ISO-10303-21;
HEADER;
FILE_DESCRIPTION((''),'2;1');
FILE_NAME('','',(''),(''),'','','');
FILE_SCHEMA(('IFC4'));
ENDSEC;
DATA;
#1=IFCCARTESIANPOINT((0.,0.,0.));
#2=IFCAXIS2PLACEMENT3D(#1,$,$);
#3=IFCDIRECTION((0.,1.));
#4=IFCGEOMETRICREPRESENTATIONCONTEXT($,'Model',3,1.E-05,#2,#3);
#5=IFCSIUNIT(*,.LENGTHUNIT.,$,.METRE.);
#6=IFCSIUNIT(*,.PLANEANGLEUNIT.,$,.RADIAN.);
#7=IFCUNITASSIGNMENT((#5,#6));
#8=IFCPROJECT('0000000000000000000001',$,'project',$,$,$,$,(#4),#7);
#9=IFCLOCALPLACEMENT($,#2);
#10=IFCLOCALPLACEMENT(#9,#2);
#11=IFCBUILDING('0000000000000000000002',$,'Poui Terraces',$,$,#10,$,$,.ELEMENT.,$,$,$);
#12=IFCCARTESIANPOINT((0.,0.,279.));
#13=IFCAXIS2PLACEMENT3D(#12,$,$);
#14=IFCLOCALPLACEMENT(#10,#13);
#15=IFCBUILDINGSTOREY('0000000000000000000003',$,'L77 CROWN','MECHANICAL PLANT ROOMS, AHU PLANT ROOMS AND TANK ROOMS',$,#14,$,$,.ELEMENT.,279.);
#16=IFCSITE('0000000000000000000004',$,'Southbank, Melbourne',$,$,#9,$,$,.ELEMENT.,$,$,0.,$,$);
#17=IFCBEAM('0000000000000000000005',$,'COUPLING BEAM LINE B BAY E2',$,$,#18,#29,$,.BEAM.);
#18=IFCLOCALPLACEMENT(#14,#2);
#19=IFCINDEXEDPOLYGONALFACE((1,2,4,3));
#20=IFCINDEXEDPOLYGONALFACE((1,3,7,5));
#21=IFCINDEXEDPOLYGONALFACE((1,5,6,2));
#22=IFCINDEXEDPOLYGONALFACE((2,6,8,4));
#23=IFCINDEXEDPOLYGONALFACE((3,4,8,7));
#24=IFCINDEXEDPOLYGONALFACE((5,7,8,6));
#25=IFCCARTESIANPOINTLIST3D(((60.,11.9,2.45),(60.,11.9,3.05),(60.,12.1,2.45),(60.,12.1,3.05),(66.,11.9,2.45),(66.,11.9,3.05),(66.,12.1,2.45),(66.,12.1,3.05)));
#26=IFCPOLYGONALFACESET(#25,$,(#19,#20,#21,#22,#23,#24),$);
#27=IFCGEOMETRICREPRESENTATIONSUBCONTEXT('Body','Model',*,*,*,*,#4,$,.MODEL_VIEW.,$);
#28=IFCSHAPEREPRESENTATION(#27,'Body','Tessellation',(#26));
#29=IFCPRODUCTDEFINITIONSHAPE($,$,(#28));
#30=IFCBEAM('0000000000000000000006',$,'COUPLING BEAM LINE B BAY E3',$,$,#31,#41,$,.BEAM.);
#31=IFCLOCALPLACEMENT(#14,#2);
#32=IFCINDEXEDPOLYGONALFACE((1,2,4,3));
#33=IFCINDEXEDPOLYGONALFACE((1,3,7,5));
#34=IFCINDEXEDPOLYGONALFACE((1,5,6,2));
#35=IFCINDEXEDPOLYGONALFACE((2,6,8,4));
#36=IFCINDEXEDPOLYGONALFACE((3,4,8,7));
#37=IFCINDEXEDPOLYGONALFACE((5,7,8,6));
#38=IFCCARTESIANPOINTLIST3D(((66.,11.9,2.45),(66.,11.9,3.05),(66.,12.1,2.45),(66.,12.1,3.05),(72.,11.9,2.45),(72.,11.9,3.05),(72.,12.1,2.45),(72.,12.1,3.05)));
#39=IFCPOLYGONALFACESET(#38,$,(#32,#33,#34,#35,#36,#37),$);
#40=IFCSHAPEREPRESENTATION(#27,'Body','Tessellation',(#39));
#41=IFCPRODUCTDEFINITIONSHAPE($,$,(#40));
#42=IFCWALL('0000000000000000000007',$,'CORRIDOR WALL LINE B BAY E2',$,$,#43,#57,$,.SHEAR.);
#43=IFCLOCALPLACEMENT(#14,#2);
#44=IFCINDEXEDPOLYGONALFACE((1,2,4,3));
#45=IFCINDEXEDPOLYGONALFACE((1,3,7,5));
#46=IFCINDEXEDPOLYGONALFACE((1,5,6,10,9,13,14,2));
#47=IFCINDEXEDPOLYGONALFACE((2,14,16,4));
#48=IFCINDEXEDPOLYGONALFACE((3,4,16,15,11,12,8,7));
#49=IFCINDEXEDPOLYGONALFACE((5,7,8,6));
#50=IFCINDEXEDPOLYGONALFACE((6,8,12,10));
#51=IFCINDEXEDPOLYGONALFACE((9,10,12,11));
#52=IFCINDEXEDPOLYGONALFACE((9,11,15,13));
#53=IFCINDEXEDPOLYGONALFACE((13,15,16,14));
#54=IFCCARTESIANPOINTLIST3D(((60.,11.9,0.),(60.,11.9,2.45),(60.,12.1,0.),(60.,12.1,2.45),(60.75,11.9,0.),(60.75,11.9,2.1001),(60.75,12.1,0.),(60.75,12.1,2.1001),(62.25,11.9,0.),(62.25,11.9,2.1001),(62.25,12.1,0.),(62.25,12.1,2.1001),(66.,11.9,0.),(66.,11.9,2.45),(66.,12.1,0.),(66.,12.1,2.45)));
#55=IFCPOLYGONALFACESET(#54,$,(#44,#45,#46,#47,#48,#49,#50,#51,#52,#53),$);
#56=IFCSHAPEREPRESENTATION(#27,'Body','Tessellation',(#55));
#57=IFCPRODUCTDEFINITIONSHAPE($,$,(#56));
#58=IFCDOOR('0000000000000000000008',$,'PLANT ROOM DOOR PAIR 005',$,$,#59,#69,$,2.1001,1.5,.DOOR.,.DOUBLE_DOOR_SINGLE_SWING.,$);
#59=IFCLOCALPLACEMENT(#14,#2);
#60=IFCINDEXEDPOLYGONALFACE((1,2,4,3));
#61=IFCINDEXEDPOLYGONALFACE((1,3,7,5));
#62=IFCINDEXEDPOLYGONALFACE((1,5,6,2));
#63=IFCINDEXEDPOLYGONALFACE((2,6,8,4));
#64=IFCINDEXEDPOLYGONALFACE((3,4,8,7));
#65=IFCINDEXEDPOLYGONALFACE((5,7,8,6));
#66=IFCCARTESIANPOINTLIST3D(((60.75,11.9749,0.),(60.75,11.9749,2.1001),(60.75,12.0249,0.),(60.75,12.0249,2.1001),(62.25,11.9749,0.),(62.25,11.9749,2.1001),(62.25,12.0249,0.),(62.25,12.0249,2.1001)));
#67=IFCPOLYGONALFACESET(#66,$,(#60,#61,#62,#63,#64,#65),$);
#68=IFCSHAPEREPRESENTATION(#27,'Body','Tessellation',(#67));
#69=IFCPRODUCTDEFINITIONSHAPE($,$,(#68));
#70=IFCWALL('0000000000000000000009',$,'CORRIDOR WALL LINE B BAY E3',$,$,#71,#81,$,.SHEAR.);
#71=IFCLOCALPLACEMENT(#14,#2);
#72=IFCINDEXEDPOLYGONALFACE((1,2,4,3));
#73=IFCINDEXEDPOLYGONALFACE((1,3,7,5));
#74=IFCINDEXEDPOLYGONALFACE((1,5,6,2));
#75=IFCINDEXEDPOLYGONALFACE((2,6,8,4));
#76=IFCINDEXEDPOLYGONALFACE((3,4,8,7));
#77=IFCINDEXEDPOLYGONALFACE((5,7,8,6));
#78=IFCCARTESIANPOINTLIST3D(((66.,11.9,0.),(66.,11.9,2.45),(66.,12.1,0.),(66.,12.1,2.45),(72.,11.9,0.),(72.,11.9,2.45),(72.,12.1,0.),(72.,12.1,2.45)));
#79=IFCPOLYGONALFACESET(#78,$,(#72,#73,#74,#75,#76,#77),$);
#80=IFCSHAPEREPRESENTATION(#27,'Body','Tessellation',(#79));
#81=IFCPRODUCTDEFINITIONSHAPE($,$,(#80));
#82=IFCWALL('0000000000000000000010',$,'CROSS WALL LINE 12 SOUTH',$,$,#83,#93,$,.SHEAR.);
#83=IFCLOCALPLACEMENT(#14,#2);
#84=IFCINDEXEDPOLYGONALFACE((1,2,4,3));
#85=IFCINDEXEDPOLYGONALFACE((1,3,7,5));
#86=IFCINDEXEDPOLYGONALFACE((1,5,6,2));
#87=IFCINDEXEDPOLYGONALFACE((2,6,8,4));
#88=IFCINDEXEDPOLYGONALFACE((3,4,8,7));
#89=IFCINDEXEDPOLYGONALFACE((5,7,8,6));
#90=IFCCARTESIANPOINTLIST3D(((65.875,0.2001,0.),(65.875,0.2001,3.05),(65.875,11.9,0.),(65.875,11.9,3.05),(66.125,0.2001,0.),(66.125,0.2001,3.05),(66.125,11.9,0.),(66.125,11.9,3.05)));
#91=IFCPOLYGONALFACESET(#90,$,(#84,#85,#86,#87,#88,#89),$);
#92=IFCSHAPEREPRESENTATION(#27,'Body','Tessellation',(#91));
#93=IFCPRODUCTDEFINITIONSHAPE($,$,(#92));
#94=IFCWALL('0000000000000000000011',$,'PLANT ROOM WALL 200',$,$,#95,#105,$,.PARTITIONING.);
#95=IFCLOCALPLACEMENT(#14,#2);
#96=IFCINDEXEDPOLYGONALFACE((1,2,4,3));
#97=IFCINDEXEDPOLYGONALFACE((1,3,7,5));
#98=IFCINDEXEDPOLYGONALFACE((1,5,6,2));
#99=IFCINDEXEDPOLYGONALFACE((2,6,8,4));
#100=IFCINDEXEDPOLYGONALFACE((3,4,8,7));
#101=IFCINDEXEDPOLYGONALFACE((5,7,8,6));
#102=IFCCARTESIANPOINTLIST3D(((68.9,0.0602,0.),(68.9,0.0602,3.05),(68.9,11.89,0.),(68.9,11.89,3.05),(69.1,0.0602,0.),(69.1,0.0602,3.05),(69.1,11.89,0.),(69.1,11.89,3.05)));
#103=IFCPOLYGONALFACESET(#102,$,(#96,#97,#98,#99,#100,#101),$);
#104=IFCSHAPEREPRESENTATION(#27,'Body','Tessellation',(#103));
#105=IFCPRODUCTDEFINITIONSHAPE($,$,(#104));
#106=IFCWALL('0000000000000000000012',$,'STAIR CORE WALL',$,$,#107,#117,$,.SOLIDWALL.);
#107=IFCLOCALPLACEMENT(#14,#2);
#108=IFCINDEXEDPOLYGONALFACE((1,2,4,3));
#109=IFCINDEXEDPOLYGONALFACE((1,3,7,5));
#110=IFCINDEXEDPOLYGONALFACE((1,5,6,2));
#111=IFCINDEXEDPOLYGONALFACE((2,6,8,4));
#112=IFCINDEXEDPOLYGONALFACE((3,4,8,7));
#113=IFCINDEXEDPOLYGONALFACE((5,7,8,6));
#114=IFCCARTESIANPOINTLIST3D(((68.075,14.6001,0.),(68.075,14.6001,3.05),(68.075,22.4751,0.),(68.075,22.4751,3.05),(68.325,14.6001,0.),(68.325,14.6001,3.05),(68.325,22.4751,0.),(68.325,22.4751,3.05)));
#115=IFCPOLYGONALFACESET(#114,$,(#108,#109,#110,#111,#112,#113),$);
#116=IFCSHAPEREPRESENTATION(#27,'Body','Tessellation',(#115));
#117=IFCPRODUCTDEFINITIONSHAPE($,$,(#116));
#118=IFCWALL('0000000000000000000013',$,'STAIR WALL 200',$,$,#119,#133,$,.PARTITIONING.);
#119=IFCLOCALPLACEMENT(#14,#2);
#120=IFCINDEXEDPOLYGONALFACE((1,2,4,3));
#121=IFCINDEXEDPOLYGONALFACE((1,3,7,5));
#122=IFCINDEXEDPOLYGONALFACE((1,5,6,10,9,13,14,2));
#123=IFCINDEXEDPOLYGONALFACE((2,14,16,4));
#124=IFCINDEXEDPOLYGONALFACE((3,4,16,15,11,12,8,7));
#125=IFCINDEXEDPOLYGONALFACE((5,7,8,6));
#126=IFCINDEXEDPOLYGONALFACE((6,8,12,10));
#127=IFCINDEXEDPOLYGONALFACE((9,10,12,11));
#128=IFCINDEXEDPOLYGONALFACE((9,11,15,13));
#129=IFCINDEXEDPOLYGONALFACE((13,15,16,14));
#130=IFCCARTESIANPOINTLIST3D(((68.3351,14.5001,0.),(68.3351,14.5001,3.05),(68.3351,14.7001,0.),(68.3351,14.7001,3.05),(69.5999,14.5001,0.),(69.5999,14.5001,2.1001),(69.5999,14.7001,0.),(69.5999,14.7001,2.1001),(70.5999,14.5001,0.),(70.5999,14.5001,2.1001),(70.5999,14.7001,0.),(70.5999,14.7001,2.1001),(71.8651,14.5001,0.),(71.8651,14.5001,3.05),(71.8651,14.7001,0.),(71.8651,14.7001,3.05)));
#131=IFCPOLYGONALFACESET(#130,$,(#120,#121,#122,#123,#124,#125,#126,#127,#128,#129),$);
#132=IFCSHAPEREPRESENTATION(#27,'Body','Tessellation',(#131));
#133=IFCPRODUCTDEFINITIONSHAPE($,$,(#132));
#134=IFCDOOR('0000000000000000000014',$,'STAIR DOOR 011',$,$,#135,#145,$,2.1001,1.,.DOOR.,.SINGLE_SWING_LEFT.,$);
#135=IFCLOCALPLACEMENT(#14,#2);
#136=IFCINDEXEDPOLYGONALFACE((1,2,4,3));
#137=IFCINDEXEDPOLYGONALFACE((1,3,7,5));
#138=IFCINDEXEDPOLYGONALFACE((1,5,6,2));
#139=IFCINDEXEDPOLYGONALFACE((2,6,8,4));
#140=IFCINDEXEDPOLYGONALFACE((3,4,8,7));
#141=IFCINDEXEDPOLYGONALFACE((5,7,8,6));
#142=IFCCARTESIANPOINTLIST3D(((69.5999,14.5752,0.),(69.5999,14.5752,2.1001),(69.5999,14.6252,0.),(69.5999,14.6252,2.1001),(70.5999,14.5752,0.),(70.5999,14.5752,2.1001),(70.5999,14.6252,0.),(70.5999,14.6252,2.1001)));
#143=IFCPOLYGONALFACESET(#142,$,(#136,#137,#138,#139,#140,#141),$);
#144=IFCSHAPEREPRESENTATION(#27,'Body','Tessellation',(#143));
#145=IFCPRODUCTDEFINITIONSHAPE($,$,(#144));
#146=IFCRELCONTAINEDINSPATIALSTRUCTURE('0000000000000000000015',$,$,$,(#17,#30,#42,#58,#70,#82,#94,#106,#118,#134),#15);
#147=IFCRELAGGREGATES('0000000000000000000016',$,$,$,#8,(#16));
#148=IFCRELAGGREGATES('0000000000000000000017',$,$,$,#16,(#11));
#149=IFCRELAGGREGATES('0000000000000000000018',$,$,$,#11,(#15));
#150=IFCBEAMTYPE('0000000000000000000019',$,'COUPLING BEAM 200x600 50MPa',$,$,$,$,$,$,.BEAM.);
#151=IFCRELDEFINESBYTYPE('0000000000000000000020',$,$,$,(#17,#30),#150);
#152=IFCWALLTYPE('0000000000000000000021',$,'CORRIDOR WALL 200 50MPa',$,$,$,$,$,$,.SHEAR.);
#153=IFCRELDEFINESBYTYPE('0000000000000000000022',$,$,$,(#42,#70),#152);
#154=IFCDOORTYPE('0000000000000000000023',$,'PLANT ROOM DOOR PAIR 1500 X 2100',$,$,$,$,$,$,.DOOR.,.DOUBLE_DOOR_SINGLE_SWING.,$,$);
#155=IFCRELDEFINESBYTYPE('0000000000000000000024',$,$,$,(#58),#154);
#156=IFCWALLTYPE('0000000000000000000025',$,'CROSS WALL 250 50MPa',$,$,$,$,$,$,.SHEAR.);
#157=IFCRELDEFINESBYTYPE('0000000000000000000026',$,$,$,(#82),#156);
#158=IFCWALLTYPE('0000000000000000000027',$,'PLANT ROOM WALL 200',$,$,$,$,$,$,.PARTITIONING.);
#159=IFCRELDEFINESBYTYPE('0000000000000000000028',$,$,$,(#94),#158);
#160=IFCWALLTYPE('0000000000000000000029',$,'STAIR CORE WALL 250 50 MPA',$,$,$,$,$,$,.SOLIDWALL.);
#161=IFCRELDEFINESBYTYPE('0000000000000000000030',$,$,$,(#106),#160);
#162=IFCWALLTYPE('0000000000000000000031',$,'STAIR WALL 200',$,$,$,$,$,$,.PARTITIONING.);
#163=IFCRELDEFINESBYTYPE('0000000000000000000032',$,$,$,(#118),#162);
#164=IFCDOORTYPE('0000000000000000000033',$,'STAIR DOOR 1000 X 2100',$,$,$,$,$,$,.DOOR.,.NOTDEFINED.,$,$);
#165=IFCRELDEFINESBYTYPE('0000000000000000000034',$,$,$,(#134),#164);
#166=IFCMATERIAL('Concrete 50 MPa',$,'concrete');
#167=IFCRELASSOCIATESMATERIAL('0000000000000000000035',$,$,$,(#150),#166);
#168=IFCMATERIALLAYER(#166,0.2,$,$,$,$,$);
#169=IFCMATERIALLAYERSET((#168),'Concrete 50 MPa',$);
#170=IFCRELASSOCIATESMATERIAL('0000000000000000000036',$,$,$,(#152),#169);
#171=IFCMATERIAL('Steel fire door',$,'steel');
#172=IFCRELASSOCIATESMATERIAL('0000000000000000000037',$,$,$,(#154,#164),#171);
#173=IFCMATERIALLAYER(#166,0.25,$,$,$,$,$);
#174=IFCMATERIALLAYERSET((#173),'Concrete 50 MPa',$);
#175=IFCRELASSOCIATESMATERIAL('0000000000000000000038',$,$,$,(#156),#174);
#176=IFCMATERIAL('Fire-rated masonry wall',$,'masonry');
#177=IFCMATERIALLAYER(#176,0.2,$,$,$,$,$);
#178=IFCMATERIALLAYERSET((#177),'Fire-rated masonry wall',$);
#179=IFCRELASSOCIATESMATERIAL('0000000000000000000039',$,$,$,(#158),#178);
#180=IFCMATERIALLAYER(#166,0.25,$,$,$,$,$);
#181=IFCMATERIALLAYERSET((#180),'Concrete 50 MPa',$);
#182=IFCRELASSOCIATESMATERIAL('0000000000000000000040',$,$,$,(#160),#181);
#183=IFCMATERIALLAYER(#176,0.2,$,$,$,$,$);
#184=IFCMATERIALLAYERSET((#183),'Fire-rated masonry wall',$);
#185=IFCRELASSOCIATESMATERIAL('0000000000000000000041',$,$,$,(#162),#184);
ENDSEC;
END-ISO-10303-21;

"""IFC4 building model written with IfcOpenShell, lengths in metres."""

from ifc_helpers import new_model, si_unit, direction, frame, frame_2d, origin, origin_2d, place, context, subcontext, project, spatial, rectangle, extrude, source, transform, mapped, material, layer, layer_set, material_profile, profile_set, type_object, element, fill, save


model = new_model("IFC4")

# Units and contexts
model_context = context("Model", 3, precision=1e-05, world=origin(), true_north=direction((0.0, 1.0)))
body_context = subcontext(model_context, "Body", "Model", "MODEL_VIEW")
ifc_project = project(units=[si_unit("LENGTHUNIT", "METRE"), si_unit("PLANEANGLEUNIT", "RADIAN")], contexts=[model_context])

# Site, building, storey
site_placement = place(None, origin())
site = spatial("IfcSite", under=ifc_project, at=site_placement, Name="Southbank, Melbourne", CompositionType="ELEMENT", RefElevation=0.0)
building_placement = place(site_placement, origin())
building = spatial("IfcBuilding", under=site, at=building_placement, Name="Poui Terraces", CompositionType="ELEMENT")
storey_placement = place(building_placement, frame((0.0, 0.0, 279.0)))
storey = spatial("IfcBuildingStorey", under=building, at=storey_placement, Name="L77 CROWN", Description="MECHANICAL PLANT ROOMS, AHU PLANT ROOMS AND TANK ROOMS", CompositionType="ELEMENT", Elevation=279.0)

# Beams
ifc_material_1 = material(Name="Concrete 50 MPa", Category="concrete")
ifc_material_profile_1 = material_profile(ifc_material_1, rectangle(XDim=0.2, YDim=0.6001, at=origin_2d()), Name="RC 200x600")
ifc_profile_set_1 = profile_set([ifc_material_profile_1], Name="Concrete 50 MPa")
beam_type = type_object("IfcBeamType", Name="COUPLING BEAM 200x600 50MPa", PredefinedType="BEAM", material=ifc_profile_set_1)
shared_shape_1 = source(origin(), body_context, "Body", "SweptSolid", [
    extrude(rectangle(XDim=0.2, YDim=0.6001, at=origin_2d()), origin(), (0.0, 0.0, 1.0), 6.0),
])
for number, where, z_axis, x_axis, name in (
    (1, (60.0, 12.0, 2.75), (1.0, 0.0, 0.0), (0.0, 1.0, 0.0), "COUPLING BEAM LINE B BAY E2"),
    (2, (66.0, 12.0, 2.75), (1.0, 0.0, 0.0), (0.0, 1.0, 0.0), "COUPLING BEAM LINE B BAY E3"),
):
    element("IfcBeam", number, at=place(storey_placement, frame(where, z_axis=z_axis, x_axis=x_axis)), inside=storey, type_object=beam_type, Name=name, PredefinedType="BEAM", context=body_context, shape_type="MappedRepresentation", body=[
        mapped(shared_shape_1, transform((0.0, 0.0, 0.0))),
    ])

# Wall, opening, door
ifc_layer_1 = layer(ifc_material_1, 0.2)
ifc_layer_set_1 = layer_set([ifc_layer_1], Name="Concrete 50 MPa")
wall_type_1 = type_object("IfcWallType", Name="CORRIDOR WALL 200 50MPa", PredefinedType="SHEAR", material=ifc_layer_set_1)
wall_1_placement = place(storey_placement, frame((60.0, 12.0, 0.0), z_axis=(0.0, 0.0, 1.0), x_axis=(1.0, 0.0, 0.0)))
wall_1 = element("IfcWall", 3, at=wall_1_placement, inside=storey, type_object=wall_type_1, Name="CORRIDOR WALL LINE B BAY E2", PredefinedType="SHEAR", context=body_context, shape_type="SweptSolid", body=[
    extrude(rectangle(XDim=6.0, YDim=0.2, at=frame_2d((3.0, 0.0))), origin(), (0.0, 0.0, 1.0), 2.45),
])
opening_1_placement = place(wall_1_placement, frame((0.75, 0.0, 0.0)))
opening_1 = element("IfcOpeningElement", 4, at=opening_1_placement, cuts=wall_1, PredefinedType="OPENING", context=body_context, shape_type="SweptSolid", body=[
    extrude(rectangle(XDim=1.5, YDim=2.1001, at=frame_2d((0.75, 1.05))), frame((0.0, 0.1099, 0.0), z_axis=(0.0, -1.0, 0.0), x_axis=(1.0, 0.0, 0.0)), (0.0, 0.0, 1.0), 0.22),
])
ifc_material_2 = material(Name="Steel fire door", Category="steel")
door_type_1 = type_object("IfcDoorType", Name="PLANT ROOM DOOR PAIR 1500 X 2100", OperationType="DOUBLE_DOOR_SINGLE_SWING", PredefinedType="DOOR", material=ifc_material_2)
door_1_placement = place(opening_1_placement, origin())
door_1 = element("IfcDoor", 5, at=door_1_placement, inside=storey, type_object=door_type_1, Name="PLANT ROOM DOOR PAIR 005", OperationType="DOUBLE_DOOR_SINGLE_SWING", OverallHeight=2.1001, OverallWidth=1.5, PredefinedType="DOOR", context=body_context, shape_type="SweptSolid", body=[
    extrude(rectangle(XDim=1.5, YDim=2.1001, at=frame_2d((0.75, 1.05))), frame((0.0, 0.0249, 0.0), z_axis=(0.0, -1.0, 0.0), x_axis=(1.0, 0.0, 0.0)), (0.0, 0.0, 1.0), 0.05),
])
fill(opening_1, door_1)

# Walls
wall_2_placement = place(storey_placement, frame((66.0, 12.0, 0.0), z_axis=(0.0, 0.0, 1.0), x_axis=(1.0, 0.0, 0.0)))
element("IfcWall", 6, at=wall_2_placement, inside=storey, type_object=wall_type_1, Name="CORRIDOR WALL LINE B BAY E3", PredefinedType="SHEAR", context=body_context, shape_type="SweptSolid", body=[
    extrude(rectangle(XDim=6.0, YDim=0.2, at=frame_2d((3.0, 0.0))), origin(), (0.0, 0.0, 1.0), 2.45),
])
ifc_layer_2 = layer(ifc_material_1, 0.25)
ifc_layer_set_2 = layer_set([ifc_layer_2], Name="Concrete 50 MPa")
wall_type_2 = type_object("IfcWallType", Name="CROSS WALL 250 50MPa", PredefinedType="SHEAR", material=ifc_layer_set_2)
wall_3_placement = place(storey_placement, frame((66.0, 0.2, 0.0), z_axis=(0.0, 0.0, 1.0), x_axis=(0.0, 1.0, 0.0)))
element("IfcWall", 7, at=wall_3_placement, inside=storey, type_object=wall_type_2, Name="CROSS WALL LINE 12 SOUTH", PredefinedType="SHEAR", context=body_context, shape_type="SweptSolid", body=[
    extrude(rectangle(XDim=11.7, YDim=0.25, at=frame_2d((5.8501, 0.0))), origin(), (0.0, 0.0, 1.0), 3.05),
])
ifc_material_3 = material(Name="Fire-rated masonry wall", Category="masonry")
ifc_layer_3 = layer(ifc_material_3, 0.2)
ifc_layer_set_3 = layer_set([ifc_layer_3], Name="Fire-rated masonry wall")
wall_type_3 = type_object("IfcWallType", Name="PLANT ROOM WALL 200", PredefinedType="PARTITIONING", material=ifc_layer_set_3)
wall_4_placement = place(storey_placement, frame((69.0, 0.0601, 0.0), z_axis=(0.0, 0.0, 1.0), x_axis=(0.0, 1.0, 0.0)))
element("IfcWall", 8, at=wall_4_placement, inside=storey, type_object=wall_type_3, Name="PLANT ROOM WALL 200", PredefinedType="PARTITIONING", context=body_context, shape_type="SweptSolid", body=[
    extrude(rectangle(XDim=11.8298, YDim=0.2, at=frame_2d((5.915, 0.0))), origin(), (0.0, 0.0, 1.0), 3.05),
])
ifc_layer_4 = layer(ifc_material_1, 0.25)
ifc_layer_set_4 = layer_set([ifc_layer_4], Name="Concrete 50 MPa")
wall_type_4 = type_object("IfcWallType", Name="STAIR CORE WALL 250 50 MPA", PredefinedType="SOLIDWALL", material=ifc_layer_set_4)
wall_5_placement = place(storey_placement, frame((68.2, 14.6001, 0.0), z_axis=(0.0, 0.0, 1.0), x_axis=(0.0, 1.0, 0.0)))
element("IfcWall", 9, at=wall_5_placement, inside=storey, type_object=wall_type_4, Name="STAIR CORE WALL", PredefinedType="SOLIDWALL", context=body_context, shape_type="SweptSolid", body=[
    extrude(rectangle(XDim=7.875, YDim=0.25, at=frame_2d((3.9375, 0.0))), origin(), (0.0, 0.0, 1.0), 3.05),
])

# Wall, opening, door
ifc_layer_5 = layer(ifc_material_3, 0.2)
ifc_layer_set_5 = layer_set([ifc_layer_5], Name="Fire-rated masonry wall")
wall_type_5 = type_object("IfcWallType", Name="STAIR WALL 200", PredefinedType="PARTITIONING", material=ifc_layer_set_5)
wall_6_placement = place(storey_placement, frame((68.335, 14.6001, 0.0), z_axis=(0.0, 0.0, 1.0), x_axis=(1.0, 0.0, 0.0)))
wall_6 = element("IfcWall", 10, at=wall_6_placement, inside=storey, type_object=wall_type_5, Name="STAIR WALL 200", PredefinedType="PARTITIONING", context=body_context, shape_type="SweptSolid", body=[
    extrude(rectangle(XDim=3.53, YDim=0.2, at=frame_2d((1.7651, 0.0))), origin(), (0.0, 0.0, 1.0), 3.05),
])
opening_2_placement = place(wall_6_placement, frame((1.2649, 0.0, 0.0)))
opening_2 = element("IfcOpeningElement", 11, at=opening_2_placement, cuts=wall_6, PredefinedType="OPENING", context=body_context, shape_type="SweptSolid", body=[
    extrude(rectangle(XDim=1.0, YDim=2.1001, at=frame_2d((0.5, 1.05))), frame((0.0, 0.1099, 0.0), z_axis=(0.0, -1.0, 0.0), x_axis=(1.0, 0.0, 0.0)), (0.0, 0.0, 1.0), 0.22),
])
door_type_2 = type_object("IfcDoorType", Name="STAIR DOOR 1000 X 2100", OperationType="NOTDEFINED", PredefinedType="DOOR", material=ifc_material_2)
door_2_placement = place(opening_2_placement, frame((1.0, 0.0, 0.0), z_axis=(0.0, 0.0, 1.0), x_axis=(-1.0, 0.0, 0.0)))
door_2 = element("IfcDoor", 12, at=door_2_placement, inside=storey, type_object=door_type_2, Name="STAIR DOOR 011", OperationType="SINGLE_SWING_LEFT", OverallHeight=2.1001, OverallWidth=1.0, PredefinedType="DOOR", context=body_context, shape_type="SweptSolid", body=[
    extrude(rectangle(XDim=1.0, YDim=2.1001, at=frame_2d((0.5, 1.05))), frame((0.0, 0.0249, 0.0), z_axis=(0.0, -1.0, 0.0), x_axis=(1.0, 0.0, 0.0)), (0.0, 0.0, 1.0), 0.05),
])
fill(opening_2, door_2)

save(model, "model.ifc")
